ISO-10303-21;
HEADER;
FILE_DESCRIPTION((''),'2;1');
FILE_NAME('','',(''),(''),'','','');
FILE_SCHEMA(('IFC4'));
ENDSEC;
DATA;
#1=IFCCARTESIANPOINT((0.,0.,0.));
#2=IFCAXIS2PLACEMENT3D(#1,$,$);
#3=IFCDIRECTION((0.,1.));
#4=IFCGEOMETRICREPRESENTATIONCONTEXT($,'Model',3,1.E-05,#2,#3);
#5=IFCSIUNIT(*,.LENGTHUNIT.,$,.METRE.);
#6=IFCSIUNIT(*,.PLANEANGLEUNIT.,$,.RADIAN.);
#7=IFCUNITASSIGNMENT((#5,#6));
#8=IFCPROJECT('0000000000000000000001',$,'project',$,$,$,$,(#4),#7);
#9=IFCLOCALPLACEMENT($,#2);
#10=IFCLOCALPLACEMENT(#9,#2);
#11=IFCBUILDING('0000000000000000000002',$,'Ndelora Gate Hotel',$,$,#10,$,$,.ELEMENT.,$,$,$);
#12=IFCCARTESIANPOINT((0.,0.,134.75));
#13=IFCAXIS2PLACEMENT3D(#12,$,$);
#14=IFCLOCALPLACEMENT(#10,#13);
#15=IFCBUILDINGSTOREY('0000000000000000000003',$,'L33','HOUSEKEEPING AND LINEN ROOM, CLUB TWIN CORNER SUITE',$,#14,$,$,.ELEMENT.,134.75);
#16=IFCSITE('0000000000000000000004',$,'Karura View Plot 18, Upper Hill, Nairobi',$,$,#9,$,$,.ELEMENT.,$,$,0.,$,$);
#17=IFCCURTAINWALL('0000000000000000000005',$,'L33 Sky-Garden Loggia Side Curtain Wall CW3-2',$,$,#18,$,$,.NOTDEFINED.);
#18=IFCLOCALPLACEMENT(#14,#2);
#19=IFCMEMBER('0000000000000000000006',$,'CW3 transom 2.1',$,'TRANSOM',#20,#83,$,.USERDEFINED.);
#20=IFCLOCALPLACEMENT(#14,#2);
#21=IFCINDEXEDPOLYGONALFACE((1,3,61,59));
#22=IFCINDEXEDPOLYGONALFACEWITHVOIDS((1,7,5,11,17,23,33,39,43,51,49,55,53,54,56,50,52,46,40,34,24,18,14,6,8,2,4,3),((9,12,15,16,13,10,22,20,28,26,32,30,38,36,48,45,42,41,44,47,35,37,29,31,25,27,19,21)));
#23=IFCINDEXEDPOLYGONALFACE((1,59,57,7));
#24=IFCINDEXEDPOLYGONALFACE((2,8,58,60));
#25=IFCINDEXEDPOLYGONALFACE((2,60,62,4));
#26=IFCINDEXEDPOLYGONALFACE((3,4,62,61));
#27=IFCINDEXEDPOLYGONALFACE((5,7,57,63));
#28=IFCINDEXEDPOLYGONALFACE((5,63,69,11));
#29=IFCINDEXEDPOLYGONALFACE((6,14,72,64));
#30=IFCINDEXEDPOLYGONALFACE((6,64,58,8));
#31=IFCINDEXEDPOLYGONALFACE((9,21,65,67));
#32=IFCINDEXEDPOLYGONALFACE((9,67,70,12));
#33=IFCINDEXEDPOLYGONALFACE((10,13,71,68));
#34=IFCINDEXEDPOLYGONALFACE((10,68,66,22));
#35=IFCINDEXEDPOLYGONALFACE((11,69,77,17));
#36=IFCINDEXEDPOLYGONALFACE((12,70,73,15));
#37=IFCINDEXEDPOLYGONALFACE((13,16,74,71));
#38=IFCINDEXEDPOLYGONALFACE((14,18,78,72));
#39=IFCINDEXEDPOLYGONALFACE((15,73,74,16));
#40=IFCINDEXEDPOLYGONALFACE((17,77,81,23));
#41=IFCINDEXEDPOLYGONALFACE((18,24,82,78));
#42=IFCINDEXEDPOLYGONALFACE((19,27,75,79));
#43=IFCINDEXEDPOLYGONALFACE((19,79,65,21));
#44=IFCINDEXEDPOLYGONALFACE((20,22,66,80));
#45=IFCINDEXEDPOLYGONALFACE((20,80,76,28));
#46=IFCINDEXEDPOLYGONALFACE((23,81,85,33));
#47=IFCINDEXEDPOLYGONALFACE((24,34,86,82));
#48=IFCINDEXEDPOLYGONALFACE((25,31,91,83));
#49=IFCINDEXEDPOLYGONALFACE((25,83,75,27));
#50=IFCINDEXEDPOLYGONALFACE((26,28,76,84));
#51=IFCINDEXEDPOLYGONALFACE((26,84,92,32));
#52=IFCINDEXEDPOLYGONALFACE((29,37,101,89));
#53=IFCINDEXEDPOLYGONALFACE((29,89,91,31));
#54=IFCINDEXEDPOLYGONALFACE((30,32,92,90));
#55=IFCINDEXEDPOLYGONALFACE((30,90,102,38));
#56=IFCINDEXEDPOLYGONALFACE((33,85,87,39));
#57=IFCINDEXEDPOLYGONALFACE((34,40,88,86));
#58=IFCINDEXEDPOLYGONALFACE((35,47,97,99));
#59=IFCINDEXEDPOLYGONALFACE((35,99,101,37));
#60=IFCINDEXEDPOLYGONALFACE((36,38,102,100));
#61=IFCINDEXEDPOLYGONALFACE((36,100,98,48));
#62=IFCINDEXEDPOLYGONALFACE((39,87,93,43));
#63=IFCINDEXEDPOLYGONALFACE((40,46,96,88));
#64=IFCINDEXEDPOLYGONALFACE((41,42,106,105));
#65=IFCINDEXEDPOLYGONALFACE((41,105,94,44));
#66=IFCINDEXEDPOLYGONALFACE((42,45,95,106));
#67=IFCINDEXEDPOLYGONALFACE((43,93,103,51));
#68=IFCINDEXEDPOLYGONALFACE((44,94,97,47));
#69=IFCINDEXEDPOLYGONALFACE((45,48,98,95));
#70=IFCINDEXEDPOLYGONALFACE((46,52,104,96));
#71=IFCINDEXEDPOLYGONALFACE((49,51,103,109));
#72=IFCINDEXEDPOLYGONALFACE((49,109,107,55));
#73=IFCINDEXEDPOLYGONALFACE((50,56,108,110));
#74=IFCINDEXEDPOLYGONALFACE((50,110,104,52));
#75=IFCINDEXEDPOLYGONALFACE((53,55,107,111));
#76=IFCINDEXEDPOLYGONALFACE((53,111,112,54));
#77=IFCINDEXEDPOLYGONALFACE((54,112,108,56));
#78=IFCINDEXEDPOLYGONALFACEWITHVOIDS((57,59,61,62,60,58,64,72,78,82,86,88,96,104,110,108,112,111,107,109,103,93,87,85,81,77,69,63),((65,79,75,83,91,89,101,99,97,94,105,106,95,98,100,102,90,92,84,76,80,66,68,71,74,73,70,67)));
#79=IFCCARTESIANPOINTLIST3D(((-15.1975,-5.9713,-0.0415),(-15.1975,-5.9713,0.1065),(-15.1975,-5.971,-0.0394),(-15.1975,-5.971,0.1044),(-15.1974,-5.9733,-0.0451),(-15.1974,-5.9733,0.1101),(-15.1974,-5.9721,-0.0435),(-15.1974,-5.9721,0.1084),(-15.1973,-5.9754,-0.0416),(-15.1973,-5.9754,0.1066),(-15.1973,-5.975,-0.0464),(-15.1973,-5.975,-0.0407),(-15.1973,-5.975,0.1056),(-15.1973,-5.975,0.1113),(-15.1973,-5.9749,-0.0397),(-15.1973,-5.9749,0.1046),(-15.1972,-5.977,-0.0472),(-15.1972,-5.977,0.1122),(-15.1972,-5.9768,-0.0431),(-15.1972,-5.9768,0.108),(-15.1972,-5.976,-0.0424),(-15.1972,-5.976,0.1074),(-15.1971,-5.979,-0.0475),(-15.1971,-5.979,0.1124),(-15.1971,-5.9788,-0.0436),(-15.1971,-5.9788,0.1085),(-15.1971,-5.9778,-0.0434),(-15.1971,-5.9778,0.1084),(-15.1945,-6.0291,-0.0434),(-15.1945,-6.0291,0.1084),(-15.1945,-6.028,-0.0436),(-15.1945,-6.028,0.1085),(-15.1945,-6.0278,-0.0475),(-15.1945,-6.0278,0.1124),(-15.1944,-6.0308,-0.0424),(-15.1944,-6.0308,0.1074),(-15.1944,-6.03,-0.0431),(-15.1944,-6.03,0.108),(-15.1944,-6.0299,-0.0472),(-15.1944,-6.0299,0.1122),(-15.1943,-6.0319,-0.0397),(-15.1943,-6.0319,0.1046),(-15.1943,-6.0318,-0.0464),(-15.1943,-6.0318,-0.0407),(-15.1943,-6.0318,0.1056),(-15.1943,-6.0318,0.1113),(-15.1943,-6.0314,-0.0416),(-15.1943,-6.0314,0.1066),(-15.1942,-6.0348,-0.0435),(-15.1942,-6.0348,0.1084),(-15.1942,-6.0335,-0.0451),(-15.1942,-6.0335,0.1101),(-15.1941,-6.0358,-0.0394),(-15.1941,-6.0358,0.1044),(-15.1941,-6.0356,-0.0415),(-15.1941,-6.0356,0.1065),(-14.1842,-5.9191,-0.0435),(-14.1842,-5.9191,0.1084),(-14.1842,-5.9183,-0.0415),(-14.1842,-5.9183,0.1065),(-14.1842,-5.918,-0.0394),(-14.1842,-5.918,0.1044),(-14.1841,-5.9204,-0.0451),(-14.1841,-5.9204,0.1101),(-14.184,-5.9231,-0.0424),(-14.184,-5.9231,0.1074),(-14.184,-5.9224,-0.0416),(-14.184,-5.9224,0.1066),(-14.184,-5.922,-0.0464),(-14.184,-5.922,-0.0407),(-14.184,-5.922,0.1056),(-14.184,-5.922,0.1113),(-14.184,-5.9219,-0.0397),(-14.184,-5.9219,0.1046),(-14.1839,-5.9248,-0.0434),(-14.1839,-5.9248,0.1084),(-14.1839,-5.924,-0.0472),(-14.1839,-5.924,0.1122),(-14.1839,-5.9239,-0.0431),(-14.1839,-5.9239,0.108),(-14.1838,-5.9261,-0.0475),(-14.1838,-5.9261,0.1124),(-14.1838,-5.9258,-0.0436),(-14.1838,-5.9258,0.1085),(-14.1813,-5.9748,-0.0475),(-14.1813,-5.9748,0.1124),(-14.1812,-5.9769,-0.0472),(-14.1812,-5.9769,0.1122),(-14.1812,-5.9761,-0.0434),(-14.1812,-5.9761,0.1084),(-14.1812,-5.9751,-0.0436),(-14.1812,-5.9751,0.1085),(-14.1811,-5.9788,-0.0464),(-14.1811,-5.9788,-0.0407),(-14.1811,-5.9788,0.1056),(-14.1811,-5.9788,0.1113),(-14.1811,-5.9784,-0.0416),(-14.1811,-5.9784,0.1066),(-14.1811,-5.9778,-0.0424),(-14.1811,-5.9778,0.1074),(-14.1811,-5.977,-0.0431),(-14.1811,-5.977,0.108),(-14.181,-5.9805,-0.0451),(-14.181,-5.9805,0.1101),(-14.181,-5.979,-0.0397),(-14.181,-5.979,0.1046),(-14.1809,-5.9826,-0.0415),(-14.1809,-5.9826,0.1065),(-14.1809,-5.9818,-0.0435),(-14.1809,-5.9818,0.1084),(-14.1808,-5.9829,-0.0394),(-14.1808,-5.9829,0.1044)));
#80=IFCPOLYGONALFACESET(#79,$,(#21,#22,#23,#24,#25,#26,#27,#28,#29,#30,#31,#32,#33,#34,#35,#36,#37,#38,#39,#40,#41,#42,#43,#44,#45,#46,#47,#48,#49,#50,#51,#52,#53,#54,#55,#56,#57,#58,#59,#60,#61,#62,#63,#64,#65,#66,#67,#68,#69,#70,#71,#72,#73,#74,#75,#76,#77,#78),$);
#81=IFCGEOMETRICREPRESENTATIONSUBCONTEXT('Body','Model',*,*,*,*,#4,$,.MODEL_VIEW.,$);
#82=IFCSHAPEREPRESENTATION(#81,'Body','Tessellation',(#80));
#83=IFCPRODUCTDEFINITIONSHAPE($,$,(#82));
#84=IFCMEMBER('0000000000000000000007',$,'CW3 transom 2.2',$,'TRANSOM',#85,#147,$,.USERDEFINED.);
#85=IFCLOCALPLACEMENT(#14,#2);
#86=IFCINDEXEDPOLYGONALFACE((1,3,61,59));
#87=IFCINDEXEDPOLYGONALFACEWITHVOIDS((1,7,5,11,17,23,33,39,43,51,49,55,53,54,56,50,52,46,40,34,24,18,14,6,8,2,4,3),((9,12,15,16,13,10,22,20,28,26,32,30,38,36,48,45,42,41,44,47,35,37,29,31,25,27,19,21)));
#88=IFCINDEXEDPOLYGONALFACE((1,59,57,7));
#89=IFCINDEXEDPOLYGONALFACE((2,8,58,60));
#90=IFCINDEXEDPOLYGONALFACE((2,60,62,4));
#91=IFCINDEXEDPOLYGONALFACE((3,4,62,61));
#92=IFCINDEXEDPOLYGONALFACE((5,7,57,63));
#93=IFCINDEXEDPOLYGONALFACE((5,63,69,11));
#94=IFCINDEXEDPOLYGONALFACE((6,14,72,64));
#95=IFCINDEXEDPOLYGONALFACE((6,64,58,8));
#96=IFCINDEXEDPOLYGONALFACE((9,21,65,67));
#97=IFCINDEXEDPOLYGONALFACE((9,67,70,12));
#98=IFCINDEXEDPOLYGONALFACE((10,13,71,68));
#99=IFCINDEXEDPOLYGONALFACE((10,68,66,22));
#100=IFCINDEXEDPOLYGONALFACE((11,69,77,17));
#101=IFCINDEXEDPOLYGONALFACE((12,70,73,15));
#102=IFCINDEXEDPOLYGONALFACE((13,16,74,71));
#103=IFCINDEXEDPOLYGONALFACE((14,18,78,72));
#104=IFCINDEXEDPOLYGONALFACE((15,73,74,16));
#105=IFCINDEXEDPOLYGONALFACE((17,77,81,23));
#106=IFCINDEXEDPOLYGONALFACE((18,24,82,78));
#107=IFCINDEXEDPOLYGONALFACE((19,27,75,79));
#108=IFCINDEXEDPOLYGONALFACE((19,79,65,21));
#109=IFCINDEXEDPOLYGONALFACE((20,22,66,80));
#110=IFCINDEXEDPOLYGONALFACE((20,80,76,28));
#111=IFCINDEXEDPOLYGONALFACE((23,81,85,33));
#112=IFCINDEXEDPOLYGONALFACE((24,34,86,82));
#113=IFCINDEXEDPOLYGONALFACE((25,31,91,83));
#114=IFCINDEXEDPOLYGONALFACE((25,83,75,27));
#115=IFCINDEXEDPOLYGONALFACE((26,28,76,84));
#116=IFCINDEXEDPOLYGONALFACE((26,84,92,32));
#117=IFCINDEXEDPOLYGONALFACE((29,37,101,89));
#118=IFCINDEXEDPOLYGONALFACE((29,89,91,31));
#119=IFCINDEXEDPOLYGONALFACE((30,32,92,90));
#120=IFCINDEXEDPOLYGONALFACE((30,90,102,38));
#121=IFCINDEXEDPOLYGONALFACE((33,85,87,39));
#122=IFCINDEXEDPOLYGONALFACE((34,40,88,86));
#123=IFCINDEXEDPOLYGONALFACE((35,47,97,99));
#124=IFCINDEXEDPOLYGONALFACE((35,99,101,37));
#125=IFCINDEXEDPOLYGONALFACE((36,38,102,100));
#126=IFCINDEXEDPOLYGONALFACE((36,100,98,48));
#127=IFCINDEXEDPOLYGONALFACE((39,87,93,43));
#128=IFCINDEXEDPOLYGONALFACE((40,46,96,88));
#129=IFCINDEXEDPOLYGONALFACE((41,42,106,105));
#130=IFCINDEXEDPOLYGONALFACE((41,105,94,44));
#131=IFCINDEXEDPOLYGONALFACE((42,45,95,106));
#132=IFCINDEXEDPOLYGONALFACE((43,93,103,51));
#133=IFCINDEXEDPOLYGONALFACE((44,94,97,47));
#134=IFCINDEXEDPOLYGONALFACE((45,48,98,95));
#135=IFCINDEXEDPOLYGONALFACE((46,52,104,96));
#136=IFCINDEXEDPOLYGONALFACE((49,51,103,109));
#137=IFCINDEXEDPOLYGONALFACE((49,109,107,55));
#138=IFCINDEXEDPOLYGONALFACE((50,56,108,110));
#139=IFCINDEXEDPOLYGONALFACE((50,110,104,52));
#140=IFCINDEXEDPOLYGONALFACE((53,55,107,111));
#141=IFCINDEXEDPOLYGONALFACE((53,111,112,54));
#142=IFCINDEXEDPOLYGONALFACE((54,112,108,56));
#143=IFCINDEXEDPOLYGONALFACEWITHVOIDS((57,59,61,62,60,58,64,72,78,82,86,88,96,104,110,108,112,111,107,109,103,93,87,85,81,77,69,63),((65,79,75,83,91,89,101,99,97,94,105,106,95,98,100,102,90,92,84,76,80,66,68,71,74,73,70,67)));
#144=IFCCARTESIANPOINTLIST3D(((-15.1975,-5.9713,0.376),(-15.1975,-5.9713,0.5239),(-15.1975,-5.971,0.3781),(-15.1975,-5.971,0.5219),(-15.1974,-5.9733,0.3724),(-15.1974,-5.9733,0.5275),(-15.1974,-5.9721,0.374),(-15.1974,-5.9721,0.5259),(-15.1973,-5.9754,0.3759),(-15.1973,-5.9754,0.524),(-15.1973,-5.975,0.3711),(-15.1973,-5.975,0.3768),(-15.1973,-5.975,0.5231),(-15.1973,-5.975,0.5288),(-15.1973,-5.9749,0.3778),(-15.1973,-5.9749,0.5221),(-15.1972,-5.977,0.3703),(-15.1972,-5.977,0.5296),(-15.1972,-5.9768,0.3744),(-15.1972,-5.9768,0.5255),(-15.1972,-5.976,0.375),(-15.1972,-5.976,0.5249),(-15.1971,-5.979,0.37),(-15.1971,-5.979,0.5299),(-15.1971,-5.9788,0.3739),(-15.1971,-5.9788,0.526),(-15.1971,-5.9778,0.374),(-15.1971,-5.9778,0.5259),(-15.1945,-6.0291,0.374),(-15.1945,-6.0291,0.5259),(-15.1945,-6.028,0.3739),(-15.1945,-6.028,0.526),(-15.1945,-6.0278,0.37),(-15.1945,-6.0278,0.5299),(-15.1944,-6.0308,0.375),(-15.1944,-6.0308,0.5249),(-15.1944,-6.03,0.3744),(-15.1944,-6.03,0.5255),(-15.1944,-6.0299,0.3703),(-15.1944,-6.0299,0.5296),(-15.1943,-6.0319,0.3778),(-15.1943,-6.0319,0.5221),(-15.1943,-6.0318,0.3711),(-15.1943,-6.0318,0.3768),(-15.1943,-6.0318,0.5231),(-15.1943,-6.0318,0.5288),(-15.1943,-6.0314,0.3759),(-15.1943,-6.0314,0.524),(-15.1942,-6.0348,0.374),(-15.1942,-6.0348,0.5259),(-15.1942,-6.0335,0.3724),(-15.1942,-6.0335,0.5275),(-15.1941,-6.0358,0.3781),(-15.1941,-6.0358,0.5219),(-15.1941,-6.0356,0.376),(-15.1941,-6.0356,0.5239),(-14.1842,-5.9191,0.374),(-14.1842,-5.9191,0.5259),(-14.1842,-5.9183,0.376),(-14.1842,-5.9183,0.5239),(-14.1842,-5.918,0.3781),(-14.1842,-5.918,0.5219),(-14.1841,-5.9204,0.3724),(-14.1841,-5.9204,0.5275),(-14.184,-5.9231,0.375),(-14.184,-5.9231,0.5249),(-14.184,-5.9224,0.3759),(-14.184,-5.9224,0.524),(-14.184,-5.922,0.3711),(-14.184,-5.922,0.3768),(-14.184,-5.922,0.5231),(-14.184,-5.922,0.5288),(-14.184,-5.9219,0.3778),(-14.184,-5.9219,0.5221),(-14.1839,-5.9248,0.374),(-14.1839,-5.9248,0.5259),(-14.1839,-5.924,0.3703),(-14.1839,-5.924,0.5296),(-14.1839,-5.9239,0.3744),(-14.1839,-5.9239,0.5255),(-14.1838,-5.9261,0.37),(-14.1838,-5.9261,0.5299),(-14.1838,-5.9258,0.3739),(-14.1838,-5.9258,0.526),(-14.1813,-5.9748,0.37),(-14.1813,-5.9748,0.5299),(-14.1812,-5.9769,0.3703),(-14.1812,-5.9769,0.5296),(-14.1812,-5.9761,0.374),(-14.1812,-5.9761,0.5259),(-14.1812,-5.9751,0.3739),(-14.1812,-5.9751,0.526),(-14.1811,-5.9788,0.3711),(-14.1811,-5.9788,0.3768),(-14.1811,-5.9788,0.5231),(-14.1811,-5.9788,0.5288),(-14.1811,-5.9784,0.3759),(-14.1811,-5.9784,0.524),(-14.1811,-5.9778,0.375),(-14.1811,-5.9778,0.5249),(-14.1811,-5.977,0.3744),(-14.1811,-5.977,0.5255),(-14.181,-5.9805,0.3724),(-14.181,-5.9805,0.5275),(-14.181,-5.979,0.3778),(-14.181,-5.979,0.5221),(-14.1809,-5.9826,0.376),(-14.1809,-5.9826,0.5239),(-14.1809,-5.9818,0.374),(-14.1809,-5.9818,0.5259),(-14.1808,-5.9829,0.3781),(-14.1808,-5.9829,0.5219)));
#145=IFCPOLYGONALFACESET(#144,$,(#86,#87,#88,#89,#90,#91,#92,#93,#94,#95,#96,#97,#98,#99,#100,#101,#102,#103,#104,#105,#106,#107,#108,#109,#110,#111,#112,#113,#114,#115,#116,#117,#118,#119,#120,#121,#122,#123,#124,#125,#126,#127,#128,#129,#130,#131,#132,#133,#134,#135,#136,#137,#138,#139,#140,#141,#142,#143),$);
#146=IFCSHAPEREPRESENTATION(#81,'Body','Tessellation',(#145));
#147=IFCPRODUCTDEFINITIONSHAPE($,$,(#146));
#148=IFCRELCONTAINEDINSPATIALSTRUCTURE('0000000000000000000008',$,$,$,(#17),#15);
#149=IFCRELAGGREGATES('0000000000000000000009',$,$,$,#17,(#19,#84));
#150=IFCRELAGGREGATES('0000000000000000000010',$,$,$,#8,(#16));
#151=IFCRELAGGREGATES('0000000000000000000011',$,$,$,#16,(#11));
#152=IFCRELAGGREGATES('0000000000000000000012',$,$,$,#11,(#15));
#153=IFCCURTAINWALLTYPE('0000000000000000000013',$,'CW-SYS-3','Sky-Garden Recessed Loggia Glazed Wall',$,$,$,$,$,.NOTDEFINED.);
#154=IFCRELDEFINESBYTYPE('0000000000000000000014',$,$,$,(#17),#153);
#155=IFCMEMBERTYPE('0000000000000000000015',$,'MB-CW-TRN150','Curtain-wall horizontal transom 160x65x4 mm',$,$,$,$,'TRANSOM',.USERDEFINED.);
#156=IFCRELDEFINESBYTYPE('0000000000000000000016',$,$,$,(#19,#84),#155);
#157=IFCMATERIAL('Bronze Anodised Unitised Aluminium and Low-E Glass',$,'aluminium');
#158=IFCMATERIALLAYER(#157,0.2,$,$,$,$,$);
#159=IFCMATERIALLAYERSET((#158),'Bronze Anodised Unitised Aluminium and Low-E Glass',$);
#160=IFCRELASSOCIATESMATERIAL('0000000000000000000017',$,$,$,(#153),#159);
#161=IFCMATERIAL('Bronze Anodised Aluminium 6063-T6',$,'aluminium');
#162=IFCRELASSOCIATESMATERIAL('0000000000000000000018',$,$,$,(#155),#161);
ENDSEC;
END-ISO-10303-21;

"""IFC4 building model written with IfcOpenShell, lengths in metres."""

from ifc_helpers import new_model, si_unit, direction, frame, origin, origin_2d, place, context, subcontext, project, spatial, hollow_rectangle, extrude, material, layer, layer_set, material_profile, profile_set, type_object, element, aggregate, save


model = new_model("IFC4")

# Units and contexts
model_context = context("Model", 3, precision=1e-05, world=origin(), true_north=direction((0.0, 1.0)))
body_context = subcontext(model_context, "Body", "Model", "MODEL_VIEW")
ifc_project = project(units=[si_unit("LENGTHUNIT", "METRE"), si_unit("PLANEANGLEUNIT", "RADIAN")], contexts=[model_context])

# Site, building, storey
site_placement = place(None, origin())
site = spatial("IfcSite", under=ifc_project, at=site_placement, Name="Karura View Plot 18, Upper Hill, Nairobi", CompositionType="ELEMENT", RefElevation=0.0)
building_placement = place(site_placement, origin())
building = spatial("IfcBuilding", under=site, at=building_placement, Name="Ndelora Gate Hotel", CompositionType="ELEMENT")
storey_placement = place(building_placement, frame((0.0, 0.0, 134.75)))
storey = spatial("IfcBuildingStorey", under=building, at=storey_placement, Name="L33", Description="HOUSEKEEPING AND LINEN ROOM, CLUB TWIN CORNER SUITE", CompositionType="ELEMENT", Elevation=134.75)

# Curtain wall, members
ifc_material_1 = material(Name="Bronze Anodised Unitised Aluminium and Low-E Glass", Category="aluminium")
ifc_layer_1 = layer(ifc_material_1, 0.2)
ifc_layer_set_1 = layer_set([ifc_layer_1], Name="Bronze Anodised Unitised Aluminium and Low-E Glass")
curtain_wall_type = type_object("IfcCurtainWallType", Name="CW-SYS-3", Description="Sky-Garden Recessed Loggia Glazed Wall", PredefinedType="NOTDEFINED", material=ifc_layer_set_1)
curtain_wall_placement = place(storey_placement, origin())
curtain_wall = element("IfcCurtainWall", 1, at=curtain_wall_placement, inside=storey, type_object=curtain_wall_type, Name="L33 Sky-Garden Loggia Side Curtain Wall CW3-2", PredefinedType="NOTDEFINED")
ifc_material_2 = material(Name="Bronze Anodised Aluminium 6063-T6", Category="aluminium")
ifc_material_profile_1 = material_profile(ifc_material_2, hollow_rectangle(XDim=0.0649, YDim=0.1599, WallThickness=0.0039, InnerFilletRadius=0.0039, OuterFilletRadius=0.0081, at=origin_2d()), Name="ALU 160x65x4")
ifc_profile_set_1 = profile_set([ifc_material_profile_1], Name="Bronze Anodised Aluminium 6063-T6")
member_type_1 = type_object("IfcMemberType", Name="MB-CW-TRN150", Description="Curtain-wall horizontal transom 160x65x4 mm", ElementType="TRANSOM", PredefinedType="USERDEFINED", material=ifc_profile_set_1)
member_1_placement = place(storey_placement, frame((-15.1958, -6.0034, 0.0325), z_axis=(0.998636, 0.052218, 0.0), x_axis=(-0.052218, 0.998636, 0.0)))
member_1 = element("IfcMember", 2, at=member_1_placement, type_object=member_type_1, Name="CW3 transom 2.1", ObjectType="TRANSOM", PredefinedType="USERDEFINED", context=body_context, shape_type="SweptSolid", body=[
    extrude(hollow_rectangle(XDim=0.0649, YDim=0.1599, WallThickness=0.0039, InnerFilletRadius=0.0039, OuterFilletRadius=0.0081, at=origin_2d()), origin(), (0.0, 0.0, 1.0), 1.0146),
])
member_2_placement = place(storey_placement, frame((-15.1958, -6.0034, 0.45), z_axis=(0.998636, 0.052218, 0.0), x_axis=(-0.052218, 0.998636, 0.0)))
member_2 = element("IfcMember", 3, at=member_2_placement, type_object=member_type_1, Name="CW3 transom 2.2", ObjectType="TRANSOM", PredefinedType="USERDEFINED", context=body_context, shape_type="SweptSolid", body=[
    extrude(hollow_rectangle(XDim=0.0649, YDim=0.1599, WallThickness=0.0039, InnerFilletRadius=0.0039, OuterFilletRadius=0.0081, at=origin_2d()), origin(), (0.0, 0.0, 1.0), 1.0146),
])
aggregate(curtain_wall, [member_1, member_2])

save(model, "model.ifc")
